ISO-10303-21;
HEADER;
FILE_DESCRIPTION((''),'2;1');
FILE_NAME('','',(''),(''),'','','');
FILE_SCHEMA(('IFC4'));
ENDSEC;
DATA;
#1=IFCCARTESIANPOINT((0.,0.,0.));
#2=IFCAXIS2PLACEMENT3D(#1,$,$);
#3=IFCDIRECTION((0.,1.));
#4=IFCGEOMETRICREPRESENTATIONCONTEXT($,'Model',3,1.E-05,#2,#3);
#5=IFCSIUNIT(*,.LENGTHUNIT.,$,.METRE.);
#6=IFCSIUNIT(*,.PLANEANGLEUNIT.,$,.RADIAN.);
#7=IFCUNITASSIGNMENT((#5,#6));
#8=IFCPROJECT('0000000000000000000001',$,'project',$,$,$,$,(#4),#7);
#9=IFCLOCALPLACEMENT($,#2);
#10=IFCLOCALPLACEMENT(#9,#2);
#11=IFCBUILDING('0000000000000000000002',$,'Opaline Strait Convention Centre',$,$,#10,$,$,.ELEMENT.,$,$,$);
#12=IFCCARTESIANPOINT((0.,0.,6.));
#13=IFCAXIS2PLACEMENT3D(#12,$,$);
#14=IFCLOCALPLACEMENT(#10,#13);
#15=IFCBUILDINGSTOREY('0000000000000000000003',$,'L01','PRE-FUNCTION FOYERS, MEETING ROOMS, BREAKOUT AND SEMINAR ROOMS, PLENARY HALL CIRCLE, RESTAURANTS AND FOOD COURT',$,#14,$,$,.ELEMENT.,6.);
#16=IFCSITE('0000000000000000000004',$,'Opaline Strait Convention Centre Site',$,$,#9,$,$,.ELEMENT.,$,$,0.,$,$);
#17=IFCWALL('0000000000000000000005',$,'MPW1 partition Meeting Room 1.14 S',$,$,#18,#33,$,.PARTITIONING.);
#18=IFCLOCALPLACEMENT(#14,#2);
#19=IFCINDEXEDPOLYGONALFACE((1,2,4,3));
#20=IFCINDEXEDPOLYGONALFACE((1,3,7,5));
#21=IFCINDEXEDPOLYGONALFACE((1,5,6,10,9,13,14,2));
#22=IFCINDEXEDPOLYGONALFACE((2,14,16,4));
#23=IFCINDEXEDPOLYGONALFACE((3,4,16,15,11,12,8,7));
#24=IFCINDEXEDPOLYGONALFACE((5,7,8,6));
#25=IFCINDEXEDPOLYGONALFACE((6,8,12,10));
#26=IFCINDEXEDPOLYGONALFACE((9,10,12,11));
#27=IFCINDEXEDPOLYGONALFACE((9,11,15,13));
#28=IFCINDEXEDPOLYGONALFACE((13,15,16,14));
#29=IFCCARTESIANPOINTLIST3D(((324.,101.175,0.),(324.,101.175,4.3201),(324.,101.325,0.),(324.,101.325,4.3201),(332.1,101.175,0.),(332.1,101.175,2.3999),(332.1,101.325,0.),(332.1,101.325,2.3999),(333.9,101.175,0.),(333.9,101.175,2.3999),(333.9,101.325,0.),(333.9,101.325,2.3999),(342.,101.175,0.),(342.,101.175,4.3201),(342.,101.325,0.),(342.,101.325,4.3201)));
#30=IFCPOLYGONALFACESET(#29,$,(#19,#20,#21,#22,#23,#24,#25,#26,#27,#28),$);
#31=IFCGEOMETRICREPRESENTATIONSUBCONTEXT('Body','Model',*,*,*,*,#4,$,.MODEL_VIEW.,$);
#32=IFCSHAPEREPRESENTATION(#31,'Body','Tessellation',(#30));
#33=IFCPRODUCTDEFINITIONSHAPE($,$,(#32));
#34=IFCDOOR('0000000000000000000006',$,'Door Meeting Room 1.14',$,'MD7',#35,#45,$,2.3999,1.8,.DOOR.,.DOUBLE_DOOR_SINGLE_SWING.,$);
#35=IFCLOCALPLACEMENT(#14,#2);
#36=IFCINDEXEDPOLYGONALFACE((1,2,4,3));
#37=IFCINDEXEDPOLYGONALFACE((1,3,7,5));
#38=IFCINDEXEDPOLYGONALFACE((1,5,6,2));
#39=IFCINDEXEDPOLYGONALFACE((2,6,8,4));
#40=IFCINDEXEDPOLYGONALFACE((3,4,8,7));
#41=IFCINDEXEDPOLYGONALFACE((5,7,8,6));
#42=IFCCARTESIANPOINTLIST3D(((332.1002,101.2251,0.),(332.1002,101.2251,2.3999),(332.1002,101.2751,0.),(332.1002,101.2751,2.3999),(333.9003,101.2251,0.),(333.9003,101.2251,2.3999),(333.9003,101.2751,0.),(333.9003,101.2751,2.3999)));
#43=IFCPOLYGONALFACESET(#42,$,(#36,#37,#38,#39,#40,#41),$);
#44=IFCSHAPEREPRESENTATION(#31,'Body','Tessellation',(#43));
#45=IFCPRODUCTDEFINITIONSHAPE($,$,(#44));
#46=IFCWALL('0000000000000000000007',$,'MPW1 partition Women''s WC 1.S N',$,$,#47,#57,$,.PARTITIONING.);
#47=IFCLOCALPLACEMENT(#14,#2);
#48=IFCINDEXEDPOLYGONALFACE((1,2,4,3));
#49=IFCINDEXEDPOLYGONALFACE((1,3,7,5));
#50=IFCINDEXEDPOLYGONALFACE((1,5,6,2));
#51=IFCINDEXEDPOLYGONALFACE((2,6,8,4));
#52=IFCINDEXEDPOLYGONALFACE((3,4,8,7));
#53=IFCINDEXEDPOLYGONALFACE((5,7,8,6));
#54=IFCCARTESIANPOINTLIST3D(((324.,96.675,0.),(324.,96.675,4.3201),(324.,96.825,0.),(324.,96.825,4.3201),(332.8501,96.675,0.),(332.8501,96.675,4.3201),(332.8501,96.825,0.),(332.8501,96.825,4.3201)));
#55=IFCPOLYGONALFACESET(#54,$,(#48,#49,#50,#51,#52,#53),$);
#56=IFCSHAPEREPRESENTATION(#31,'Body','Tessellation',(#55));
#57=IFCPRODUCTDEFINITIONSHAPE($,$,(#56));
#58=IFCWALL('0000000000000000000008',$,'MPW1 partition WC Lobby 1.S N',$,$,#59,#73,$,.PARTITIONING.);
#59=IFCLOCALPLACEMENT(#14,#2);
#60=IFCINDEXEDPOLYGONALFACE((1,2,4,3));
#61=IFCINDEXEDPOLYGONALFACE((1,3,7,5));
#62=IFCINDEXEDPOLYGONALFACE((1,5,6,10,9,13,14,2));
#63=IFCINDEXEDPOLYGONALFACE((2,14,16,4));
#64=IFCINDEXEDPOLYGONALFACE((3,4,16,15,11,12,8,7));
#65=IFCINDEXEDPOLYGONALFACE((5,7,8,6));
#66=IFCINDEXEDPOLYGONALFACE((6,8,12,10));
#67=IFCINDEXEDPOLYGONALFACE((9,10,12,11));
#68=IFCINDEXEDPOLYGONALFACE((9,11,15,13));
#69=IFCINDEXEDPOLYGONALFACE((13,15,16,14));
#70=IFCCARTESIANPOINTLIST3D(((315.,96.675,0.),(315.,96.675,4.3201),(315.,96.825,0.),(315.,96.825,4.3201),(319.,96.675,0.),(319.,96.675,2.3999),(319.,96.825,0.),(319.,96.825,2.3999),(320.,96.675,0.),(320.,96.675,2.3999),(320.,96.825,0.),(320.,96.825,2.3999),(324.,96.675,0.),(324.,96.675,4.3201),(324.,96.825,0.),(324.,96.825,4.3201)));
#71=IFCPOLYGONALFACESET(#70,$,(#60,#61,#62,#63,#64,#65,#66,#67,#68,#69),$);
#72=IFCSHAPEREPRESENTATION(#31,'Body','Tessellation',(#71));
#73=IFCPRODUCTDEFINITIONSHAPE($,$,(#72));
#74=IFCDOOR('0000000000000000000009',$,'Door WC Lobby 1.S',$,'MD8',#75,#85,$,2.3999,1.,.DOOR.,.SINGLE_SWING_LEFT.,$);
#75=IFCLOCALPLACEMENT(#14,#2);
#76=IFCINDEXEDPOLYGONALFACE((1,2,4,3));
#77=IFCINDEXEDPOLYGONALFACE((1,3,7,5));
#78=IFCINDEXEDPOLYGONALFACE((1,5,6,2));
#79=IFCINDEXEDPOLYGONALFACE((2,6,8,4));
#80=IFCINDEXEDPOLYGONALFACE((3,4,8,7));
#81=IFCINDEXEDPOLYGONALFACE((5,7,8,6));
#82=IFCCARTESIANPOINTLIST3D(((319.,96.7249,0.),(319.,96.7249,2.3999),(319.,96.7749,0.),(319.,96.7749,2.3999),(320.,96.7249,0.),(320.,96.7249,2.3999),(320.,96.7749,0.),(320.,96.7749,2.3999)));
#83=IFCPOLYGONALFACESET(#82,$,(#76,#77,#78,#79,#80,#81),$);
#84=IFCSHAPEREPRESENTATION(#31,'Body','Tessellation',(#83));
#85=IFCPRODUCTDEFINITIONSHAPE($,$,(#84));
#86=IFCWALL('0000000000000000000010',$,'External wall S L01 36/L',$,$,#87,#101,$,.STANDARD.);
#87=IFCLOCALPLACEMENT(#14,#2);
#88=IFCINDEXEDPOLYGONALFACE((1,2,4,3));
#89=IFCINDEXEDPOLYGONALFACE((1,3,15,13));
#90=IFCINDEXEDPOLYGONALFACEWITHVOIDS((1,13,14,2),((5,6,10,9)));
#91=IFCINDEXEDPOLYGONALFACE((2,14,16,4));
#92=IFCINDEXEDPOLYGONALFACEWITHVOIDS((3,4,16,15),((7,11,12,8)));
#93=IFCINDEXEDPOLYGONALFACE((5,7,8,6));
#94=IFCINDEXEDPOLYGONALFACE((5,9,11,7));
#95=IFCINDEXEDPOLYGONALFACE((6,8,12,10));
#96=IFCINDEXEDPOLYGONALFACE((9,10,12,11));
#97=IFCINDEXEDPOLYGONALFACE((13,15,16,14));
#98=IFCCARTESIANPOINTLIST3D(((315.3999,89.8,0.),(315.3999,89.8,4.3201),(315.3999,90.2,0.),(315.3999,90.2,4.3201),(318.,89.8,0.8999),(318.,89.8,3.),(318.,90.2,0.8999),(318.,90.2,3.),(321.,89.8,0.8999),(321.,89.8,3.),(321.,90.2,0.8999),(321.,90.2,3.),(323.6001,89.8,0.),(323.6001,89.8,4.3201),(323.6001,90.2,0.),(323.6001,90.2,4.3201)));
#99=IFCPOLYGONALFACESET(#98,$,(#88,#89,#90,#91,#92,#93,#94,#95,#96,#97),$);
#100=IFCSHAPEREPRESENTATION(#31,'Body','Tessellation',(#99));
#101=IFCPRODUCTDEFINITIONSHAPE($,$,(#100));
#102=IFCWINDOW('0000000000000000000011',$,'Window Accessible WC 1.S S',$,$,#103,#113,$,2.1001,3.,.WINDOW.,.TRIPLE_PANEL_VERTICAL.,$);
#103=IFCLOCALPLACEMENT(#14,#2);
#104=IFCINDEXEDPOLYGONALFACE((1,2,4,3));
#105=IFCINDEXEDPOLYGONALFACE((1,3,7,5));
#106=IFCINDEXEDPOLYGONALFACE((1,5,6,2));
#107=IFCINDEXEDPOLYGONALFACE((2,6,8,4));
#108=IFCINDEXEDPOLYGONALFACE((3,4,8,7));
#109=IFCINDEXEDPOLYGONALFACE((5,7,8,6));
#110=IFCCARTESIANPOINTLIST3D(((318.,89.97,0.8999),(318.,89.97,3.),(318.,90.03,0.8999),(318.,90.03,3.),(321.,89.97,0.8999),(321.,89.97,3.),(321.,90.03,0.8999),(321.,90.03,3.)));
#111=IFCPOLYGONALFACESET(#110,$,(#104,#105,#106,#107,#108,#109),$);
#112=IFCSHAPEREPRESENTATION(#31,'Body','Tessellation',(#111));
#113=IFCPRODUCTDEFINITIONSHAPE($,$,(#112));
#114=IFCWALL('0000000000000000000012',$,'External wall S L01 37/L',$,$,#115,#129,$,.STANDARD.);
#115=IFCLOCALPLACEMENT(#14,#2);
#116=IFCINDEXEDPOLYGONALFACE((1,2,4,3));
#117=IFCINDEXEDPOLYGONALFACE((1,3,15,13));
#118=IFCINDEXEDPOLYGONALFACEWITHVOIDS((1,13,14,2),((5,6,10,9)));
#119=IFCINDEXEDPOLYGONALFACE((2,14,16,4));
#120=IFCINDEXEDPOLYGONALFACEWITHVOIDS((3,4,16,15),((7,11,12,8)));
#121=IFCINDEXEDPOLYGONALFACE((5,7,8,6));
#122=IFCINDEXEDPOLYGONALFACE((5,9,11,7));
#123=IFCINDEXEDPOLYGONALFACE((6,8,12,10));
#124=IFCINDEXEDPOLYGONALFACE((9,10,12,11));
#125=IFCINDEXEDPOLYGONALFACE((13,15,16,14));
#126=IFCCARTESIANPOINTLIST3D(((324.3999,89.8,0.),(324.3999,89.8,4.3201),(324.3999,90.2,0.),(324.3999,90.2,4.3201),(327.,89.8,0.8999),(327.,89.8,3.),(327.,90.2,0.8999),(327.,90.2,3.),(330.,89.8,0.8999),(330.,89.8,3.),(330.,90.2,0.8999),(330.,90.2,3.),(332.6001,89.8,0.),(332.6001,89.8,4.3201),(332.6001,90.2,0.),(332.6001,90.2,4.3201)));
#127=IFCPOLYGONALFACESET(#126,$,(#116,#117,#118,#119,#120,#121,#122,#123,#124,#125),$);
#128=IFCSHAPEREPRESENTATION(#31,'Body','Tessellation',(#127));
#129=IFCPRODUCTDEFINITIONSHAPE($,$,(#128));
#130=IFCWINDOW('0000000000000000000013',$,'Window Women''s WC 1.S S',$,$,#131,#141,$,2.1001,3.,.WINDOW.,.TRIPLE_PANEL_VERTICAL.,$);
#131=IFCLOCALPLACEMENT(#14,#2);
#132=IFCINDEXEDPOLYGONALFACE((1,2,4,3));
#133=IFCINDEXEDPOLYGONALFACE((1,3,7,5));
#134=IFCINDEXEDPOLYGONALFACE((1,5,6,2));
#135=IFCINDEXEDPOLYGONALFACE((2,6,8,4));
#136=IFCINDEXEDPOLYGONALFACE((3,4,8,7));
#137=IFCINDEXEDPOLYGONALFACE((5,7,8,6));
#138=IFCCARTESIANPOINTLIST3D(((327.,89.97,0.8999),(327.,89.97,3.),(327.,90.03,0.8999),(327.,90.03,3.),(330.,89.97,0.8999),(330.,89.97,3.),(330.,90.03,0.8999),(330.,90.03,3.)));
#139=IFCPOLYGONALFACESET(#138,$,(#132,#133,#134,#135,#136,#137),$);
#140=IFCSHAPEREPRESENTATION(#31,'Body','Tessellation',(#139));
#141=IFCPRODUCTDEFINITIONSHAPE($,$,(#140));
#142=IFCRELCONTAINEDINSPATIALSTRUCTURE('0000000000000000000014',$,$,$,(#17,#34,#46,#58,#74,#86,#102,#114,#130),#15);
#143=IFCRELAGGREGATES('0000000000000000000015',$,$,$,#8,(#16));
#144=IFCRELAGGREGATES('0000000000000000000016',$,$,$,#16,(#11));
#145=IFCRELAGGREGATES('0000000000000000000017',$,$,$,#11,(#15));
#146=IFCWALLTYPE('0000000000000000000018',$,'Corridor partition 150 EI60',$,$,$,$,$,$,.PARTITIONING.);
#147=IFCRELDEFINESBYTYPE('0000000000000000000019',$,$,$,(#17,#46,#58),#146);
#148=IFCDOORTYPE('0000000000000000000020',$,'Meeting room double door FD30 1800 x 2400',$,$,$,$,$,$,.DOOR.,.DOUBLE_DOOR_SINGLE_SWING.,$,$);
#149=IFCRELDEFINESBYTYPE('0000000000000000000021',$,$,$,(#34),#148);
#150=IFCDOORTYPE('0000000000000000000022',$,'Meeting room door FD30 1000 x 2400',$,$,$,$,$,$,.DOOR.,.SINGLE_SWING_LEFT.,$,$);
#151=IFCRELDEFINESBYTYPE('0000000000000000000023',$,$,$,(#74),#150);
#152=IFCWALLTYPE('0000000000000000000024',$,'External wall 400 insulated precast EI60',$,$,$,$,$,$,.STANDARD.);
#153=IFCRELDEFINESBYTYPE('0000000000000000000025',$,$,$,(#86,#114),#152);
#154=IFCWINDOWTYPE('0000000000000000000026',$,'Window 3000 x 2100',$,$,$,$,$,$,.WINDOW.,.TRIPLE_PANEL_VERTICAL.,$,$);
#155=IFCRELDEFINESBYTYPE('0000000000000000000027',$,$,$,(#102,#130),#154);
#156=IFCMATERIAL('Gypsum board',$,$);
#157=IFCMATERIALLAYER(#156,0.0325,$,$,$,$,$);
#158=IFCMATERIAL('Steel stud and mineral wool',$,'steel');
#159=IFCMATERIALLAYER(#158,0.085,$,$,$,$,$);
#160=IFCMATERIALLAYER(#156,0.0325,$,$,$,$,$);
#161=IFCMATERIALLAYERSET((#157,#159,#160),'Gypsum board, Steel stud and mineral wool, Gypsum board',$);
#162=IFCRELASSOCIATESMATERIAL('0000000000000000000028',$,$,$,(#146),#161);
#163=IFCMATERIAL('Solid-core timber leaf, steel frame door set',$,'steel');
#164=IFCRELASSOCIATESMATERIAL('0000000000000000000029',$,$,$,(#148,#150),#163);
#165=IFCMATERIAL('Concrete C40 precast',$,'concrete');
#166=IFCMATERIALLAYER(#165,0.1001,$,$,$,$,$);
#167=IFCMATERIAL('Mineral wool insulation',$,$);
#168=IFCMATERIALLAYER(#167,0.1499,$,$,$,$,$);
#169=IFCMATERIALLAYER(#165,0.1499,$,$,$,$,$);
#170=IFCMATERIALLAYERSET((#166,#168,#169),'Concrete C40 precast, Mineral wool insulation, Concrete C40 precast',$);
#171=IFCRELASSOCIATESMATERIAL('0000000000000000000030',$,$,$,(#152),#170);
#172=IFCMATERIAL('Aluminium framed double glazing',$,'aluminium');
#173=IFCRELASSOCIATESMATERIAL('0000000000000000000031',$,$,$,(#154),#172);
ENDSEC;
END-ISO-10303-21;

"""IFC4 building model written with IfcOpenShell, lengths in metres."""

from ifc_helpers import new_model, si_unit, direction, frame, frame_2d, origin, place, context, subcontext, project, spatial, rectangle, extrude, material, layer, layer_set, type_object, element, fill, save


model = new_model("IFC4")

# Units and contexts
model_context = context("Model", 3, precision=1e-05, world=origin(), true_north=direction((0.0, 1.0)))
body_context = subcontext(model_context, "Body", "Model", "MODEL_VIEW")
ifc_project = project(units=[si_unit("LENGTHUNIT", "METRE"), si_unit("PLANEANGLEUNIT", "RADIAN")], contexts=[model_context])

# Site, building, storey
site_placement = place(None, origin())
site = spatial("IfcSite", under=ifc_project, at=site_placement, Name="Opaline Strait Convention Centre Site", CompositionType="ELEMENT", RefElevation=0.0)
building_placement = place(site_placement, origin())
building = spatial("IfcBuilding", under=site, at=building_placement, Name="Opaline Strait Convention Centre", CompositionType="ELEMENT")
storey_placement = place(building_placement, frame((0.0, 0.0, 6.0)))
storey = spatial("IfcBuildingStorey", under=building, at=storey_placement, Name="L01", Description="PRE-FUNCTION FOYERS, MEETING ROOMS, BREAKOUT AND SEMINAR ROOMS, PLENARY HALL CIRCLE, RESTAURANTS AND FOOD COURT", CompositionType="ELEMENT", Elevation=6.0)

# Wall, opening, door
ifc_material_1 = material(Name="Gypsum board")
ifc_layer_1 = layer(ifc_material_1, 0.0325)
ifc_material_2 = material(Name="Steel stud and mineral wool", Category="steel")
ifc_layer_2 = layer(ifc_material_2, 0.085)
ifc_layer_3 = layer(ifc_material_1, 0.0325)
ifc_layer_set_1 = layer_set([ifc_layer_1, ifc_layer_2, ifc_layer_3], Name="Gypsum board, Steel stud and mineral wool, Gypsum board")
wall_type_1 = type_object("IfcWallType", Name="Corridor partition 150 EI60", PredefinedType="PARTITIONING", material=ifc_layer_set_1)
wall_1_placement = place(storey_placement, frame((324.0, 101.25, 0.0), z_axis=(0.0, 0.0, 1.0), x_axis=(1.0, 0.0, 0.0)))
wall_1 = element("IfcWall", 1, at=wall_1_placement, inside=storey, type_object=wall_type_1, Name="MPW1 partition Meeting Room 1.14 S", PredefinedType="PARTITIONING", context=body_context, shape_type="SweptSolid", body=[
    extrude(rectangle(XDim=18.0, YDim=0.1499, at=frame_2d((9.0, 0.0))), origin(), (0.0, 0.0, 1.0), 4.3201),
])
opening_1_placement = place(wall_1_placement, frame((8.1001, 0.0, 0.0)))
opening_1 = element("IfcOpeningElement", 2, at=opening_1_placement, cuts=wall_1, PredefinedType="OPENING", context=body_context, shape_type="SweptSolid", body=[
    extrude(rectangle(XDim=1.8, YDim=2.3999, at=frame_2d((0.8999, 1.2))), frame((0.0, 0.085, 0.0), z_axis=(0.0, -1.0, 0.0), x_axis=(1.0, 0.0, 0.0)), (0.0, 0.0, 1.0), 0.1699),
])
ifc_material_3 = material(Name="Solid-core timber leaf, steel frame door set", Category="steel")
door_type_1 = type_object("IfcDoorType", Name="Meeting room double door FD30 1800 x 2400", OperationType="DOUBLE_DOOR_SINGLE_SWING", PredefinedType="DOOR", material=ifc_material_3)
door_1_placement = place(opening_1_placement, frame((1.8, 0.0, 0.0), z_axis=(0.0, 0.0, 1.0), x_axis=(-1.0, 0.0, 0.0)))
door_1 = element("IfcDoor", 3, at=door_1_placement, inside=storey, type_object=door_type_1, Name="Door Meeting Room 1.14", ObjectType="MD7", OperationType="DOUBLE_DOOR_SINGLE_SWING", OverallHeight=2.3999, OverallWidth=1.8, PredefinedType="DOOR", context=body_context, shape_type="SweptSolid", body=[
    extrude(rectangle(XDim=1.8, YDim=2.3999, at=frame_2d((0.8999, 1.2))), frame((0.0, 0.0249, 0.0), z_axis=(0.0, -1.0, 0.0), x_axis=(1.0, 0.0, 0.0)), (0.0, 0.0, 1.0), 0.05),
])
fill(opening_1, door_1)

# Wall
wall_2_placement = place(storey_placement, frame((324.0, 96.75, 0.0), z_axis=(0.0, 0.0, 1.0), x_axis=(1.0, 0.0, 0.0)))
element("IfcWall", 4, at=wall_2_placement, inside=storey, type_object=wall_type_1, Name="MPW1 partition Women's WC 1.S N", PredefinedType="PARTITIONING", context=body_context, shape_type="SweptSolid", body=[
    extrude(rectangle(XDim=8.8501, YDim=0.1499, at=frame_2d((4.425, 0.0))), origin(), (0.0, 0.0, 1.0), 4.3201),
])

# Wall, opening, door
wall_3_placement = place(storey_placement, frame((315.0, 96.75, 0.0), z_axis=(0.0, 0.0, 1.0), x_axis=(1.0, 0.0, 0.0)))
wall_3 = element("IfcWall", 5, at=wall_3_placement, inside=storey, type_object=wall_type_1, Name="MPW1 partition WC Lobby 1.S N", PredefinedType="PARTITIONING", context=body_context, shape_type="SweptSolid", body=[
    extrude(rectangle(XDim=9.0, YDim=0.1499, at=frame_2d((4.5, 0.0))), origin(), (0.0, 0.0, 1.0), 4.3201),
])
opening_2_placement = place(wall_3_placement, frame((4.0, 0.0, 0.0)))
opening_2 = element("IfcOpeningElement", 6, at=opening_2_placement, cuts=wall_3, PredefinedType="OPENING", context=body_context, shape_type="SweptSolid", body=[
    extrude(rectangle(XDim=1.0, YDim=2.3999, at=frame_2d((0.5, 1.2))), frame((0.0, 0.085, 0.0), z_axis=(0.0, -1.0, 0.0), x_axis=(1.0, 0.0, 0.0)), (0.0, 0.0, 1.0), 0.1699),
])
door_type_2 = type_object("IfcDoorType", Name="Meeting room door FD30 1000 x 2400", OperationType="SINGLE_SWING_LEFT", PredefinedType="DOOR", material=ifc_material_3)
door_2_placement = place(opening_2_placement, origin())
door_2 = element("IfcDoor", 7, at=door_2_placement, inside=storey, type_object=door_type_2, Name="Door WC Lobby 1.S", ObjectType="MD8", OperationType="SINGLE_SWING_LEFT", OverallHeight=2.3999, OverallWidth=1.0, PredefinedType="DOOR", context=body_context, shape_type="SweptSolid", body=[
    extrude(rectangle(XDim=1.0, YDim=2.3999, at=frame_2d((0.5, 1.2))), frame((0.0, 0.0249, 0.0), z_axis=(0.0, -1.0, 0.0), x_axis=(1.0, 0.0, 0.0)), (0.0, 0.0, 1.0), 0.05),
])
fill(opening_2, door_2)

# Walls, openings, windows
ifc_material_4 = material(Name="Concrete C40 precast", Category="concrete")
ifc_layer_4 = layer(ifc_material_4, 0.1001)
ifc_material_5 = material(Name="Mineral wool insulation")
ifc_layer_5 = layer(ifc_material_5, 0.1499)
ifc_layer_6 = layer(ifc_material_4, 0.1499)
ifc_layer_set_2 = layer_set([ifc_layer_4, ifc_layer_5, ifc_layer_6], Name="Concrete C40 precast, Mineral wool insulation, Concrete C40 precast")
wall_type_2 = type_object("IfcWallType", Name="External wall 400 insulated precast EI60", PredefinedType="STANDARD", material=ifc_layer_set_2)
wall_4_placement = place(storey_placement, frame((315.3999, 90.0, 0.0), z_axis=(0.0, 0.0, 1.0), x_axis=(1.0, 0.0, 0.0)))
wall_4 = element("IfcWall", 8, at=wall_4_placement, inside=storey, type_object=wall_type_2, Name="External wall S L01 36/L", PredefinedType="STANDARD", context=body_context, shape_type="SweptSolid", body=[
    extrude(rectangle(XDim=8.2002, YDim=0.3999, at=frame_2d((4.1001, 0.0))), origin(), (0.0, 0.0, 1.0), 4.3201),
])
opening_3_placement = place(wall_4_placement, frame((2.6001, 0.0, 0.8999)))
opening_3 = element("IfcOpeningElement", 9, at=opening_3_placement, cuts=wall_4, PredefinedType="OPENING", context=body_context, shape_type="SweptSolid", body=[
    extrude(rectangle(XDim=3.0, YDim=2.1001, at=frame_2d((1.5, 1.05))), frame((0.0, 0.21, 0.0), z_axis=(0.0, -1.0, 0.0), x_axis=(1.0, 0.0, 0.0)), (0.0, 0.0, 1.0), 0.4199),
])
ifc_material_6 = material(Name="Aluminium framed double glazing", Category="aluminium")
window_type = type_object("IfcWindowType", Name="Window 3000 x 2100", PartitioningType="TRIPLE_PANEL_VERTICAL", PredefinedType="WINDOW", material=ifc_material_6)
window_1_placement = place(opening_3_placement, origin())
window_1 = element("IfcWindow", 10, at=window_1_placement, inside=storey, type_object=window_type, Name="Window Accessible WC 1.S S", OverallHeight=2.1001, OverallWidth=3.0, PartitioningType="TRIPLE_PANEL_VERTICAL", PredefinedType="WINDOW", context=body_context, shape_type="SweptSolid", body=[
    extrude(rectangle(XDim=3.0, YDim=2.1001, at=frame_2d((1.5, 1.05))), frame((0.0, 0.03, 0.0), z_axis=(0.0, -1.0, 0.0), x_axis=(1.0, 0.0, 0.0)), (0.0, 0.0, 1.0), 0.0601),
])
fill(opening_3, window_1)
wall_5_placement = place(storey_placement, frame((324.3999, 90.0, 0.0), z_axis=(0.0, 0.0, 1.0), x_axis=(1.0, 0.0, 0.0)))
wall_5 = element("IfcWall", 11, at=wall_5_placement, inside=storey, type_object=wall_type_2, Name="External wall S L01 37/L", PredefinedType="STANDARD", context=body_context, shape_type="SweptSolid", body=[
    extrude(rectangle(XDim=8.2002, YDim=0.3999, at=frame_2d((4.1001, 0.0))), origin(), (0.0, 0.0, 1.0), 4.3201),
])
opening_4_placement = place(wall_5_placement, frame((2.6001, 0.0, 0.8999)))
opening_4 = element("IfcOpeningElement", 12, at=opening_4_placement, cuts=wall_5, PredefinedType="OPENING", context=body_context, shape_type="SweptSolid", body=[
    extrude(rectangle(XDim=3.0, YDim=2.1001, at=frame_2d((1.5, 1.05))), frame((0.0, 0.21, 0.0), z_axis=(0.0, -1.0, 0.0), x_axis=(1.0, 0.0, 0.0)), (0.0, 0.0, 1.0), 0.4199),
])
window_2_placement = place(opening_4_placement, origin())
window_2 = element("IfcWindow", 13, at=window_2_placement, inside=storey, type_object=window_type, Name="Window Women's WC 1.S S", OverallHeight=2.1001, OverallWidth=3.0, PartitioningType="TRIPLE_PANEL_VERTICAL", PredefinedType="WINDOW", context=body_context, shape_type="SweptSolid", body=[
    extrude(rectangle(XDim=3.0, YDim=2.1001, at=frame_2d((1.5, 1.05))), frame((0.0, 0.03, 0.0), z_axis=(0.0, -1.0, 0.0), x_axis=(1.0, 0.0, 0.0)), (0.0, 0.0, 1.0), 0.0601),
])
fill(opening_4, window_2)

save(model, "model.ifc")
